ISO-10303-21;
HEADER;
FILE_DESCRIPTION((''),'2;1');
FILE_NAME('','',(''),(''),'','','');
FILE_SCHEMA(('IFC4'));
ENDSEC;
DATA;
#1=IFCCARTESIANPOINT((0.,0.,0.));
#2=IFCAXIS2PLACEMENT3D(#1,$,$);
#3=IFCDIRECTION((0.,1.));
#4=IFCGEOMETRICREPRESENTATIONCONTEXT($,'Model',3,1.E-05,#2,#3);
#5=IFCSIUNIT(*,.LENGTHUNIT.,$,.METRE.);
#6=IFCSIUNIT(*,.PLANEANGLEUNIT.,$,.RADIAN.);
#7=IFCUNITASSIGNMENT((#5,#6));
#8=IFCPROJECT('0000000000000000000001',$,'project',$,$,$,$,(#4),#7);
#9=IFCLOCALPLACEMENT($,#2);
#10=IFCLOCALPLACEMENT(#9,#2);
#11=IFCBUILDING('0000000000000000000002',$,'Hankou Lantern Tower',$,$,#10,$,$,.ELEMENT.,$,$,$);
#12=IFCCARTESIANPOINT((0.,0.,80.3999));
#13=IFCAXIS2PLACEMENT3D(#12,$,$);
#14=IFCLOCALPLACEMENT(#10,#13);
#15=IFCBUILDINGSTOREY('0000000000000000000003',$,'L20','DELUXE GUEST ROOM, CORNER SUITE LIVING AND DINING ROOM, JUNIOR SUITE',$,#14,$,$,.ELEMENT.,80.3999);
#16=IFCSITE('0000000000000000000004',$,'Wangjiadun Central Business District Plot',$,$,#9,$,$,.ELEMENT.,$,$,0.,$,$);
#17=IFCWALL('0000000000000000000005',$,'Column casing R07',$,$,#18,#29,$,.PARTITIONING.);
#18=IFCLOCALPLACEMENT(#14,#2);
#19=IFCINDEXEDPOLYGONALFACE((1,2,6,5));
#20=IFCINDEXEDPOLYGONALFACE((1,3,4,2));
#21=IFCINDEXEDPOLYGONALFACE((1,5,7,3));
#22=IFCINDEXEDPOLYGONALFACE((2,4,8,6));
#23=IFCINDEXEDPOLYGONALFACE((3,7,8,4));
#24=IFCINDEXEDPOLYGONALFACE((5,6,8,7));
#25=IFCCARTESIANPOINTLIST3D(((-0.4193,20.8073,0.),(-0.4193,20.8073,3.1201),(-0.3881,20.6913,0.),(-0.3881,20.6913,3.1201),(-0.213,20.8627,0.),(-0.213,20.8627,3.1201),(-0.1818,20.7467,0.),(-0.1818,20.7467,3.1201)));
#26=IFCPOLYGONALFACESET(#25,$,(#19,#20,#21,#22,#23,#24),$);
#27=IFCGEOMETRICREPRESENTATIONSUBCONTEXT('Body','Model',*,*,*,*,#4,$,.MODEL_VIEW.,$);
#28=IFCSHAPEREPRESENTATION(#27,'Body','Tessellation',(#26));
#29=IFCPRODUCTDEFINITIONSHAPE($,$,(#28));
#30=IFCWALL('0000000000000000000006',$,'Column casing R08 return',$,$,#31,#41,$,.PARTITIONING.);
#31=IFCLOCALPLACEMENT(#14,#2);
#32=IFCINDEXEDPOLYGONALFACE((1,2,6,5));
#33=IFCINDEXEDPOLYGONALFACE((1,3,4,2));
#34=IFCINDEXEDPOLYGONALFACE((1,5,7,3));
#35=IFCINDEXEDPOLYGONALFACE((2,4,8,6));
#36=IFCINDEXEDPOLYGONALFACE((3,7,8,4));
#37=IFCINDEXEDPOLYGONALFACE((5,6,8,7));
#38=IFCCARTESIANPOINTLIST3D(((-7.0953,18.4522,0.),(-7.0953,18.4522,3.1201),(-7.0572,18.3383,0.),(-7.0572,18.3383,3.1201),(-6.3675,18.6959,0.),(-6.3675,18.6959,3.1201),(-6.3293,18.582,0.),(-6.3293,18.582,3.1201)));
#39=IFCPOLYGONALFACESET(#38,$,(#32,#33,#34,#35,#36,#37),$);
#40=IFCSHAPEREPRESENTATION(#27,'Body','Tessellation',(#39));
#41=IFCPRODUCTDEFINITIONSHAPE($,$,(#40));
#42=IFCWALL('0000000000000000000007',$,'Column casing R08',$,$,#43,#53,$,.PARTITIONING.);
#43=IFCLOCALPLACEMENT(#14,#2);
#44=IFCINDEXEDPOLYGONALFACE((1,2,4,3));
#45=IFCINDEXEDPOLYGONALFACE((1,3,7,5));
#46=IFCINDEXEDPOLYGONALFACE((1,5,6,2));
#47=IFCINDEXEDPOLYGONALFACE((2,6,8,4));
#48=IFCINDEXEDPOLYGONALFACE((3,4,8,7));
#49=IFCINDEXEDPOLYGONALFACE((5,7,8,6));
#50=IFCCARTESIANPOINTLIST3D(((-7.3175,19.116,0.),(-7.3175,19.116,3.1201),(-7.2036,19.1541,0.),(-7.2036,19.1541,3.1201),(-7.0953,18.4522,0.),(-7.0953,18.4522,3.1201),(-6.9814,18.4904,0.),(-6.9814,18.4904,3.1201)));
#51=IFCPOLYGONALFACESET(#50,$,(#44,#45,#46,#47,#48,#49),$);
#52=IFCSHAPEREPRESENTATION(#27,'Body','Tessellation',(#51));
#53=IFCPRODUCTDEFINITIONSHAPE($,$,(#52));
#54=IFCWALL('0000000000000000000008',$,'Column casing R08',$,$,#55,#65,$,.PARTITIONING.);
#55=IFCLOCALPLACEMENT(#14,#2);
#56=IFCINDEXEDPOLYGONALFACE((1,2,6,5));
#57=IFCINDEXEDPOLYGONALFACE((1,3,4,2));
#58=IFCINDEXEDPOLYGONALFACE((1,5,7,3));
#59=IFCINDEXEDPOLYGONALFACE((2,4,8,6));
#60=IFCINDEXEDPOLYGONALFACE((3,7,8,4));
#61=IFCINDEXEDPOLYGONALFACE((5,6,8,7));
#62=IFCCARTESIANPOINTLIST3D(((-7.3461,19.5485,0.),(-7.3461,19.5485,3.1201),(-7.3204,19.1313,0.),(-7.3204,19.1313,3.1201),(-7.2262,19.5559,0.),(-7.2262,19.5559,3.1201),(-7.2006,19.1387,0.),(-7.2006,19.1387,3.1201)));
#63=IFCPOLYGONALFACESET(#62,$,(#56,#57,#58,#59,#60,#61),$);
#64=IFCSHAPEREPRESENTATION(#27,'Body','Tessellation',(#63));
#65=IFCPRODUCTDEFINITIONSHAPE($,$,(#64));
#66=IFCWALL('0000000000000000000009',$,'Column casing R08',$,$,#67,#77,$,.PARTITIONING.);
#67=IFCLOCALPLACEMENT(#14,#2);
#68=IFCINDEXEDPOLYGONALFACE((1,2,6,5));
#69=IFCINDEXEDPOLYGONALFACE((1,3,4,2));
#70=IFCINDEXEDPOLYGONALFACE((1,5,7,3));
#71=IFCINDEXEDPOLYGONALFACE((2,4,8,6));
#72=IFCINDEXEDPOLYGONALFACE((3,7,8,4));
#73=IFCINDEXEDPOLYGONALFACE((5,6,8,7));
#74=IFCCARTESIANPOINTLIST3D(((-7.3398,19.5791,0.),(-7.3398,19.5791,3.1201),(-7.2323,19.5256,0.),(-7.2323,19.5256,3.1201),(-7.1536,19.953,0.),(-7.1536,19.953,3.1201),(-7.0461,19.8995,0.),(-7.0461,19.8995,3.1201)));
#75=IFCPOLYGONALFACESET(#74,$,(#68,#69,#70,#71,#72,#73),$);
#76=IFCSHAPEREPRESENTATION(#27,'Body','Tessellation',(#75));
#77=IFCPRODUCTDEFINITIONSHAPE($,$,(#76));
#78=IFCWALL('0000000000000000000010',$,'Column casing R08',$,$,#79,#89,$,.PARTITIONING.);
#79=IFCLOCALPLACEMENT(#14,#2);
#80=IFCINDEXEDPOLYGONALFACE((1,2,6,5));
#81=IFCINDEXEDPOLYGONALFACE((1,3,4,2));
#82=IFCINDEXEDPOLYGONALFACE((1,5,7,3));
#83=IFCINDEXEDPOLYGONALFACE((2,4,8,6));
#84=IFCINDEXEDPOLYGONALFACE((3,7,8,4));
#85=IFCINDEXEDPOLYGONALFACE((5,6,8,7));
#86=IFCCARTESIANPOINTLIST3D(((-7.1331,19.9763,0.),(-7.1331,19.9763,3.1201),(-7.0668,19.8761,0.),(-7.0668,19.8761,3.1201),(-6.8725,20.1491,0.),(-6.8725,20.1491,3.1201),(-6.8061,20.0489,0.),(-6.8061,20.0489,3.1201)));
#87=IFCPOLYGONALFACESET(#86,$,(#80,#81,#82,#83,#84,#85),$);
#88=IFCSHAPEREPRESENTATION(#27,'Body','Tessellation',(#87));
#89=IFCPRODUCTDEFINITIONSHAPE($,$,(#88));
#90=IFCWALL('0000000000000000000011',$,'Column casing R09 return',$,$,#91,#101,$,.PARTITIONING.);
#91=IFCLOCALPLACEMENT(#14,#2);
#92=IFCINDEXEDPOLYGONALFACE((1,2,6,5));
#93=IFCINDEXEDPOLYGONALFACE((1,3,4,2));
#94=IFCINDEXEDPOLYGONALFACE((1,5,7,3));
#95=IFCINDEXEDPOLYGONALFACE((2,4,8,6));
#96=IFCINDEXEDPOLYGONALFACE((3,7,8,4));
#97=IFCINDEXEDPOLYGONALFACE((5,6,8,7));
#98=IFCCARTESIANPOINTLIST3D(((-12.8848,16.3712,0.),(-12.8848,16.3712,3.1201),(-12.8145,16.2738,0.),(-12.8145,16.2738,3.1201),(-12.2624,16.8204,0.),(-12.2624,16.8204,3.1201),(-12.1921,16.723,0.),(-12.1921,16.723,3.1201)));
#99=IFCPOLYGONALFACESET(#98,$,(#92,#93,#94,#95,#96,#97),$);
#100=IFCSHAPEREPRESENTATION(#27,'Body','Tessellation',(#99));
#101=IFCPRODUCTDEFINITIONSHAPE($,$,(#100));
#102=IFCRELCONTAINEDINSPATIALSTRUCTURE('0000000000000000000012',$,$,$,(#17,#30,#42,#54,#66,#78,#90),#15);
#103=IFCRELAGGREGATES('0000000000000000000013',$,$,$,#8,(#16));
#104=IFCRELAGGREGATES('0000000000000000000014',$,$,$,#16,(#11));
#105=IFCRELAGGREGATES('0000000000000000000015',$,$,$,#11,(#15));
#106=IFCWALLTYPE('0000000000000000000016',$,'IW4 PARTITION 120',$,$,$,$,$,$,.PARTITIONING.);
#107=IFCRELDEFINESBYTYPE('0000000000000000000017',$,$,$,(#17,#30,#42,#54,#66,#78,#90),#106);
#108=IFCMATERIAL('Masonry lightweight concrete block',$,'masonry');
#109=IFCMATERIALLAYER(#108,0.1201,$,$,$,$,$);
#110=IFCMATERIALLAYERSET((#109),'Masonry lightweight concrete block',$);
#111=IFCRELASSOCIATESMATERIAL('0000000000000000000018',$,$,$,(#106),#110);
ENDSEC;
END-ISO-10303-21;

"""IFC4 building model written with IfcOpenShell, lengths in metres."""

from ifc_helpers import new_model, si_unit, direction, frame, frame_2d, origin, place, context, subcontext, project, spatial, rectangle, extrude, material, layer, layer_set, type_object, element, save


model = new_model("IFC4")

# Units and contexts
model_context = context("Model", 3, precision=1e-05, world=origin(), true_north=direction((0.0, 1.0)))
body_context = subcontext(model_context, "Body", "Model", "MODEL_VIEW")
ifc_project = project(units=[si_unit("LENGTHUNIT", "METRE"), si_unit("PLANEANGLEUNIT", "RADIAN")], contexts=[model_context])

# Site, building, storey
site_placement = place(None, origin())
site = spatial("IfcSite", under=ifc_project, at=site_placement, Name="Wangjiadun Central Business District Plot", CompositionType="ELEMENT", RefElevation=0.0)
building_placement = place(site_placement, origin())
building = spatial("IfcBuilding", under=site, at=building_placement, Name="Hankou Lantern Tower", CompositionType="ELEMENT")
storey_placement = place(building_placement, frame((0.0, 0.0, 80.3999)))
storey = spatial("IfcBuildingStorey", under=building, at=storey_placement, Name="L20", Description="DELUXE GUEST ROOM, CORNER SUITE LIVING AND DINING ROOM, JUNIOR SUITE", CompositionType="ELEMENT", Elevation=80.3999)

# Walls
ifc_material_1 = material(Name="Masonry lightweight concrete block", Category="masonry")
ifc_layer_1 = layer(ifc_material_1, 0.1201)
ifc_layer_set_1 = layer_set([ifc_layer_1], Name="Masonry lightweight concrete block")
wall_type_1 = type_object("IfcWallType", Name="IW4 PARTITION 120", PredefinedType="PARTITIONING", material=ifc_layer_set_1)
wall_1_placement = place(storey_placement, frame((-0.4038, 20.7493, 0.0), z_axis=(0.0, 0.0, 1.0), x_axis=(0.965759, 0.259441, 0.0)))
element("IfcWall", 1, at=wall_1_placement, inside=storey, type_object=wall_type_1, Name="Column casing R07", PredefinedType="PARTITIONING", context=body_context, shape_type="SweptSolid", body=[
    extrude(rectangle(XDim=0.2136, YDim=0.1201, at=frame_2d((0.1069, 0.0))), origin(), (0.0, 0.0, 1.0), 3.1201),
])
wall_2_placement = place(storey_placement, frame((-6.3484, 18.6389, 0.0), z_axis=(0.0, 0.0, 1.0), x_axis=(-0.948269, -0.317468, 0.0)))
element("IfcWall", 2, at=wall_2_placement, inside=storey, type_object=wall_type_1, Name="Column casing R08 return", PredefinedType="PARTITIONING", context=body_context, shape_type="SweptSolid", body=[
    extrude(rectangle(XDim=0.7676, YDim=0.1201, at=frame_2d((0.3838, 0.0))), origin(), (0.0, 0.0, 1.0), 3.1201),
])
wall_3_placement = place(storey_placement, frame((-7.0383, 18.4712, 0.0), z_axis=(0.0, 0.0, 1.0), x_axis=(-0.317378, 0.948299, 0.0)))
element("IfcWall", 3, at=wall_3_placement, inside=storey, type_object=wall_type_1, Name="Column casing R08", PredefinedType="PARTITIONING", context=body_context, shape_type="SweptSolid", body=[
    extrude(rectangle(XDim=0.7, YDim=0.1201, at=frame_2d((0.3501, 0.0))), origin(), (0.0, 0.0, 1.0), 3.1201),
])
wall_4_placement = place(storey_placement, frame((-7.2605, 19.135, 0.0), z_axis=(0.0, 0.0, 1.0), x_axis=(-0.061324, 0.998118, 0.0)))
element("IfcWall", 4, at=wall_4_placement, inside=storey, type_object=wall_type_1, Name="Column casing R08", PredefinedType="PARTITIONING", context=body_context, shape_type="SweptSolid", body=[
    extrude(rectangle(XDim=0.418, YDim=0.1201, at=frame_2d((0.209, 0.0))), origin(), (0.0, 0.0, 1.0), 3.1201),
])
wall_5_placement = place(storey_placement, frame((-7.2861, 19.5522, 0.0), z_axis=(0.0, 0.0, 1.0), x_axis=(0.445811, 0.895127, 0.0)))
element("IfcWall", 5, at=wall_5_placement, inside=storey, type_object=wall_type_1, Name="Column casing R08", PredefinedType="PARTITIONING", context=body_context, shape_type="SweptSolid", body=[
    extrude(rectangle(XDim=0.4177, YDim=0.1201, at=frame_2d((0.209, 0.0))), origin(), (0.0, 0.0, 1.0), 3.1201),
])
wall_6_placement = place(storey_placement, frame((-7.0999, 19.9263, 0.0), z_axis=(0.0, 0.0, 1.0), x_axis=(0.833488, 0.552537, 0.0)))
element("IfcWall", 6, at=wall_6_placement, inside=storey, type_object=wall_type_1, Name="Column casing R08", PredefinedType="PARTITIONING", context=body_context, shape_type="SweptSolid", body=[
    extrude(rectangle(XDim=0.3127, YDim=0.1201, at=frame_2d((0.1562, 0.0))), origin(), (0.0, 0.0, 1.0), 3.1201),
])
wall_7_placement = place(storey_placement, frame((-12.2273, 16.7717, 0.0), z_axis=(0.0, 0.0, 1.0), x_axis=(-0.810822, -0.585293, 0.0)))
element("IfcWall", 7, at=wall_7_placement, inside=storey, type_object=wall_type_1, Name="Column casing R09 return", PredefinedType="PARTITIONING", context=body_context, shape_type="SweptSolid", body=[
    extrude(rectangle(XDim=0.7676, YDim=0.1201, at=frame_2d((0.3838, 0.0))), origin(), (0.0, 0.0, 1.0), 3.1201),
])

save(model, "model.ifc")
